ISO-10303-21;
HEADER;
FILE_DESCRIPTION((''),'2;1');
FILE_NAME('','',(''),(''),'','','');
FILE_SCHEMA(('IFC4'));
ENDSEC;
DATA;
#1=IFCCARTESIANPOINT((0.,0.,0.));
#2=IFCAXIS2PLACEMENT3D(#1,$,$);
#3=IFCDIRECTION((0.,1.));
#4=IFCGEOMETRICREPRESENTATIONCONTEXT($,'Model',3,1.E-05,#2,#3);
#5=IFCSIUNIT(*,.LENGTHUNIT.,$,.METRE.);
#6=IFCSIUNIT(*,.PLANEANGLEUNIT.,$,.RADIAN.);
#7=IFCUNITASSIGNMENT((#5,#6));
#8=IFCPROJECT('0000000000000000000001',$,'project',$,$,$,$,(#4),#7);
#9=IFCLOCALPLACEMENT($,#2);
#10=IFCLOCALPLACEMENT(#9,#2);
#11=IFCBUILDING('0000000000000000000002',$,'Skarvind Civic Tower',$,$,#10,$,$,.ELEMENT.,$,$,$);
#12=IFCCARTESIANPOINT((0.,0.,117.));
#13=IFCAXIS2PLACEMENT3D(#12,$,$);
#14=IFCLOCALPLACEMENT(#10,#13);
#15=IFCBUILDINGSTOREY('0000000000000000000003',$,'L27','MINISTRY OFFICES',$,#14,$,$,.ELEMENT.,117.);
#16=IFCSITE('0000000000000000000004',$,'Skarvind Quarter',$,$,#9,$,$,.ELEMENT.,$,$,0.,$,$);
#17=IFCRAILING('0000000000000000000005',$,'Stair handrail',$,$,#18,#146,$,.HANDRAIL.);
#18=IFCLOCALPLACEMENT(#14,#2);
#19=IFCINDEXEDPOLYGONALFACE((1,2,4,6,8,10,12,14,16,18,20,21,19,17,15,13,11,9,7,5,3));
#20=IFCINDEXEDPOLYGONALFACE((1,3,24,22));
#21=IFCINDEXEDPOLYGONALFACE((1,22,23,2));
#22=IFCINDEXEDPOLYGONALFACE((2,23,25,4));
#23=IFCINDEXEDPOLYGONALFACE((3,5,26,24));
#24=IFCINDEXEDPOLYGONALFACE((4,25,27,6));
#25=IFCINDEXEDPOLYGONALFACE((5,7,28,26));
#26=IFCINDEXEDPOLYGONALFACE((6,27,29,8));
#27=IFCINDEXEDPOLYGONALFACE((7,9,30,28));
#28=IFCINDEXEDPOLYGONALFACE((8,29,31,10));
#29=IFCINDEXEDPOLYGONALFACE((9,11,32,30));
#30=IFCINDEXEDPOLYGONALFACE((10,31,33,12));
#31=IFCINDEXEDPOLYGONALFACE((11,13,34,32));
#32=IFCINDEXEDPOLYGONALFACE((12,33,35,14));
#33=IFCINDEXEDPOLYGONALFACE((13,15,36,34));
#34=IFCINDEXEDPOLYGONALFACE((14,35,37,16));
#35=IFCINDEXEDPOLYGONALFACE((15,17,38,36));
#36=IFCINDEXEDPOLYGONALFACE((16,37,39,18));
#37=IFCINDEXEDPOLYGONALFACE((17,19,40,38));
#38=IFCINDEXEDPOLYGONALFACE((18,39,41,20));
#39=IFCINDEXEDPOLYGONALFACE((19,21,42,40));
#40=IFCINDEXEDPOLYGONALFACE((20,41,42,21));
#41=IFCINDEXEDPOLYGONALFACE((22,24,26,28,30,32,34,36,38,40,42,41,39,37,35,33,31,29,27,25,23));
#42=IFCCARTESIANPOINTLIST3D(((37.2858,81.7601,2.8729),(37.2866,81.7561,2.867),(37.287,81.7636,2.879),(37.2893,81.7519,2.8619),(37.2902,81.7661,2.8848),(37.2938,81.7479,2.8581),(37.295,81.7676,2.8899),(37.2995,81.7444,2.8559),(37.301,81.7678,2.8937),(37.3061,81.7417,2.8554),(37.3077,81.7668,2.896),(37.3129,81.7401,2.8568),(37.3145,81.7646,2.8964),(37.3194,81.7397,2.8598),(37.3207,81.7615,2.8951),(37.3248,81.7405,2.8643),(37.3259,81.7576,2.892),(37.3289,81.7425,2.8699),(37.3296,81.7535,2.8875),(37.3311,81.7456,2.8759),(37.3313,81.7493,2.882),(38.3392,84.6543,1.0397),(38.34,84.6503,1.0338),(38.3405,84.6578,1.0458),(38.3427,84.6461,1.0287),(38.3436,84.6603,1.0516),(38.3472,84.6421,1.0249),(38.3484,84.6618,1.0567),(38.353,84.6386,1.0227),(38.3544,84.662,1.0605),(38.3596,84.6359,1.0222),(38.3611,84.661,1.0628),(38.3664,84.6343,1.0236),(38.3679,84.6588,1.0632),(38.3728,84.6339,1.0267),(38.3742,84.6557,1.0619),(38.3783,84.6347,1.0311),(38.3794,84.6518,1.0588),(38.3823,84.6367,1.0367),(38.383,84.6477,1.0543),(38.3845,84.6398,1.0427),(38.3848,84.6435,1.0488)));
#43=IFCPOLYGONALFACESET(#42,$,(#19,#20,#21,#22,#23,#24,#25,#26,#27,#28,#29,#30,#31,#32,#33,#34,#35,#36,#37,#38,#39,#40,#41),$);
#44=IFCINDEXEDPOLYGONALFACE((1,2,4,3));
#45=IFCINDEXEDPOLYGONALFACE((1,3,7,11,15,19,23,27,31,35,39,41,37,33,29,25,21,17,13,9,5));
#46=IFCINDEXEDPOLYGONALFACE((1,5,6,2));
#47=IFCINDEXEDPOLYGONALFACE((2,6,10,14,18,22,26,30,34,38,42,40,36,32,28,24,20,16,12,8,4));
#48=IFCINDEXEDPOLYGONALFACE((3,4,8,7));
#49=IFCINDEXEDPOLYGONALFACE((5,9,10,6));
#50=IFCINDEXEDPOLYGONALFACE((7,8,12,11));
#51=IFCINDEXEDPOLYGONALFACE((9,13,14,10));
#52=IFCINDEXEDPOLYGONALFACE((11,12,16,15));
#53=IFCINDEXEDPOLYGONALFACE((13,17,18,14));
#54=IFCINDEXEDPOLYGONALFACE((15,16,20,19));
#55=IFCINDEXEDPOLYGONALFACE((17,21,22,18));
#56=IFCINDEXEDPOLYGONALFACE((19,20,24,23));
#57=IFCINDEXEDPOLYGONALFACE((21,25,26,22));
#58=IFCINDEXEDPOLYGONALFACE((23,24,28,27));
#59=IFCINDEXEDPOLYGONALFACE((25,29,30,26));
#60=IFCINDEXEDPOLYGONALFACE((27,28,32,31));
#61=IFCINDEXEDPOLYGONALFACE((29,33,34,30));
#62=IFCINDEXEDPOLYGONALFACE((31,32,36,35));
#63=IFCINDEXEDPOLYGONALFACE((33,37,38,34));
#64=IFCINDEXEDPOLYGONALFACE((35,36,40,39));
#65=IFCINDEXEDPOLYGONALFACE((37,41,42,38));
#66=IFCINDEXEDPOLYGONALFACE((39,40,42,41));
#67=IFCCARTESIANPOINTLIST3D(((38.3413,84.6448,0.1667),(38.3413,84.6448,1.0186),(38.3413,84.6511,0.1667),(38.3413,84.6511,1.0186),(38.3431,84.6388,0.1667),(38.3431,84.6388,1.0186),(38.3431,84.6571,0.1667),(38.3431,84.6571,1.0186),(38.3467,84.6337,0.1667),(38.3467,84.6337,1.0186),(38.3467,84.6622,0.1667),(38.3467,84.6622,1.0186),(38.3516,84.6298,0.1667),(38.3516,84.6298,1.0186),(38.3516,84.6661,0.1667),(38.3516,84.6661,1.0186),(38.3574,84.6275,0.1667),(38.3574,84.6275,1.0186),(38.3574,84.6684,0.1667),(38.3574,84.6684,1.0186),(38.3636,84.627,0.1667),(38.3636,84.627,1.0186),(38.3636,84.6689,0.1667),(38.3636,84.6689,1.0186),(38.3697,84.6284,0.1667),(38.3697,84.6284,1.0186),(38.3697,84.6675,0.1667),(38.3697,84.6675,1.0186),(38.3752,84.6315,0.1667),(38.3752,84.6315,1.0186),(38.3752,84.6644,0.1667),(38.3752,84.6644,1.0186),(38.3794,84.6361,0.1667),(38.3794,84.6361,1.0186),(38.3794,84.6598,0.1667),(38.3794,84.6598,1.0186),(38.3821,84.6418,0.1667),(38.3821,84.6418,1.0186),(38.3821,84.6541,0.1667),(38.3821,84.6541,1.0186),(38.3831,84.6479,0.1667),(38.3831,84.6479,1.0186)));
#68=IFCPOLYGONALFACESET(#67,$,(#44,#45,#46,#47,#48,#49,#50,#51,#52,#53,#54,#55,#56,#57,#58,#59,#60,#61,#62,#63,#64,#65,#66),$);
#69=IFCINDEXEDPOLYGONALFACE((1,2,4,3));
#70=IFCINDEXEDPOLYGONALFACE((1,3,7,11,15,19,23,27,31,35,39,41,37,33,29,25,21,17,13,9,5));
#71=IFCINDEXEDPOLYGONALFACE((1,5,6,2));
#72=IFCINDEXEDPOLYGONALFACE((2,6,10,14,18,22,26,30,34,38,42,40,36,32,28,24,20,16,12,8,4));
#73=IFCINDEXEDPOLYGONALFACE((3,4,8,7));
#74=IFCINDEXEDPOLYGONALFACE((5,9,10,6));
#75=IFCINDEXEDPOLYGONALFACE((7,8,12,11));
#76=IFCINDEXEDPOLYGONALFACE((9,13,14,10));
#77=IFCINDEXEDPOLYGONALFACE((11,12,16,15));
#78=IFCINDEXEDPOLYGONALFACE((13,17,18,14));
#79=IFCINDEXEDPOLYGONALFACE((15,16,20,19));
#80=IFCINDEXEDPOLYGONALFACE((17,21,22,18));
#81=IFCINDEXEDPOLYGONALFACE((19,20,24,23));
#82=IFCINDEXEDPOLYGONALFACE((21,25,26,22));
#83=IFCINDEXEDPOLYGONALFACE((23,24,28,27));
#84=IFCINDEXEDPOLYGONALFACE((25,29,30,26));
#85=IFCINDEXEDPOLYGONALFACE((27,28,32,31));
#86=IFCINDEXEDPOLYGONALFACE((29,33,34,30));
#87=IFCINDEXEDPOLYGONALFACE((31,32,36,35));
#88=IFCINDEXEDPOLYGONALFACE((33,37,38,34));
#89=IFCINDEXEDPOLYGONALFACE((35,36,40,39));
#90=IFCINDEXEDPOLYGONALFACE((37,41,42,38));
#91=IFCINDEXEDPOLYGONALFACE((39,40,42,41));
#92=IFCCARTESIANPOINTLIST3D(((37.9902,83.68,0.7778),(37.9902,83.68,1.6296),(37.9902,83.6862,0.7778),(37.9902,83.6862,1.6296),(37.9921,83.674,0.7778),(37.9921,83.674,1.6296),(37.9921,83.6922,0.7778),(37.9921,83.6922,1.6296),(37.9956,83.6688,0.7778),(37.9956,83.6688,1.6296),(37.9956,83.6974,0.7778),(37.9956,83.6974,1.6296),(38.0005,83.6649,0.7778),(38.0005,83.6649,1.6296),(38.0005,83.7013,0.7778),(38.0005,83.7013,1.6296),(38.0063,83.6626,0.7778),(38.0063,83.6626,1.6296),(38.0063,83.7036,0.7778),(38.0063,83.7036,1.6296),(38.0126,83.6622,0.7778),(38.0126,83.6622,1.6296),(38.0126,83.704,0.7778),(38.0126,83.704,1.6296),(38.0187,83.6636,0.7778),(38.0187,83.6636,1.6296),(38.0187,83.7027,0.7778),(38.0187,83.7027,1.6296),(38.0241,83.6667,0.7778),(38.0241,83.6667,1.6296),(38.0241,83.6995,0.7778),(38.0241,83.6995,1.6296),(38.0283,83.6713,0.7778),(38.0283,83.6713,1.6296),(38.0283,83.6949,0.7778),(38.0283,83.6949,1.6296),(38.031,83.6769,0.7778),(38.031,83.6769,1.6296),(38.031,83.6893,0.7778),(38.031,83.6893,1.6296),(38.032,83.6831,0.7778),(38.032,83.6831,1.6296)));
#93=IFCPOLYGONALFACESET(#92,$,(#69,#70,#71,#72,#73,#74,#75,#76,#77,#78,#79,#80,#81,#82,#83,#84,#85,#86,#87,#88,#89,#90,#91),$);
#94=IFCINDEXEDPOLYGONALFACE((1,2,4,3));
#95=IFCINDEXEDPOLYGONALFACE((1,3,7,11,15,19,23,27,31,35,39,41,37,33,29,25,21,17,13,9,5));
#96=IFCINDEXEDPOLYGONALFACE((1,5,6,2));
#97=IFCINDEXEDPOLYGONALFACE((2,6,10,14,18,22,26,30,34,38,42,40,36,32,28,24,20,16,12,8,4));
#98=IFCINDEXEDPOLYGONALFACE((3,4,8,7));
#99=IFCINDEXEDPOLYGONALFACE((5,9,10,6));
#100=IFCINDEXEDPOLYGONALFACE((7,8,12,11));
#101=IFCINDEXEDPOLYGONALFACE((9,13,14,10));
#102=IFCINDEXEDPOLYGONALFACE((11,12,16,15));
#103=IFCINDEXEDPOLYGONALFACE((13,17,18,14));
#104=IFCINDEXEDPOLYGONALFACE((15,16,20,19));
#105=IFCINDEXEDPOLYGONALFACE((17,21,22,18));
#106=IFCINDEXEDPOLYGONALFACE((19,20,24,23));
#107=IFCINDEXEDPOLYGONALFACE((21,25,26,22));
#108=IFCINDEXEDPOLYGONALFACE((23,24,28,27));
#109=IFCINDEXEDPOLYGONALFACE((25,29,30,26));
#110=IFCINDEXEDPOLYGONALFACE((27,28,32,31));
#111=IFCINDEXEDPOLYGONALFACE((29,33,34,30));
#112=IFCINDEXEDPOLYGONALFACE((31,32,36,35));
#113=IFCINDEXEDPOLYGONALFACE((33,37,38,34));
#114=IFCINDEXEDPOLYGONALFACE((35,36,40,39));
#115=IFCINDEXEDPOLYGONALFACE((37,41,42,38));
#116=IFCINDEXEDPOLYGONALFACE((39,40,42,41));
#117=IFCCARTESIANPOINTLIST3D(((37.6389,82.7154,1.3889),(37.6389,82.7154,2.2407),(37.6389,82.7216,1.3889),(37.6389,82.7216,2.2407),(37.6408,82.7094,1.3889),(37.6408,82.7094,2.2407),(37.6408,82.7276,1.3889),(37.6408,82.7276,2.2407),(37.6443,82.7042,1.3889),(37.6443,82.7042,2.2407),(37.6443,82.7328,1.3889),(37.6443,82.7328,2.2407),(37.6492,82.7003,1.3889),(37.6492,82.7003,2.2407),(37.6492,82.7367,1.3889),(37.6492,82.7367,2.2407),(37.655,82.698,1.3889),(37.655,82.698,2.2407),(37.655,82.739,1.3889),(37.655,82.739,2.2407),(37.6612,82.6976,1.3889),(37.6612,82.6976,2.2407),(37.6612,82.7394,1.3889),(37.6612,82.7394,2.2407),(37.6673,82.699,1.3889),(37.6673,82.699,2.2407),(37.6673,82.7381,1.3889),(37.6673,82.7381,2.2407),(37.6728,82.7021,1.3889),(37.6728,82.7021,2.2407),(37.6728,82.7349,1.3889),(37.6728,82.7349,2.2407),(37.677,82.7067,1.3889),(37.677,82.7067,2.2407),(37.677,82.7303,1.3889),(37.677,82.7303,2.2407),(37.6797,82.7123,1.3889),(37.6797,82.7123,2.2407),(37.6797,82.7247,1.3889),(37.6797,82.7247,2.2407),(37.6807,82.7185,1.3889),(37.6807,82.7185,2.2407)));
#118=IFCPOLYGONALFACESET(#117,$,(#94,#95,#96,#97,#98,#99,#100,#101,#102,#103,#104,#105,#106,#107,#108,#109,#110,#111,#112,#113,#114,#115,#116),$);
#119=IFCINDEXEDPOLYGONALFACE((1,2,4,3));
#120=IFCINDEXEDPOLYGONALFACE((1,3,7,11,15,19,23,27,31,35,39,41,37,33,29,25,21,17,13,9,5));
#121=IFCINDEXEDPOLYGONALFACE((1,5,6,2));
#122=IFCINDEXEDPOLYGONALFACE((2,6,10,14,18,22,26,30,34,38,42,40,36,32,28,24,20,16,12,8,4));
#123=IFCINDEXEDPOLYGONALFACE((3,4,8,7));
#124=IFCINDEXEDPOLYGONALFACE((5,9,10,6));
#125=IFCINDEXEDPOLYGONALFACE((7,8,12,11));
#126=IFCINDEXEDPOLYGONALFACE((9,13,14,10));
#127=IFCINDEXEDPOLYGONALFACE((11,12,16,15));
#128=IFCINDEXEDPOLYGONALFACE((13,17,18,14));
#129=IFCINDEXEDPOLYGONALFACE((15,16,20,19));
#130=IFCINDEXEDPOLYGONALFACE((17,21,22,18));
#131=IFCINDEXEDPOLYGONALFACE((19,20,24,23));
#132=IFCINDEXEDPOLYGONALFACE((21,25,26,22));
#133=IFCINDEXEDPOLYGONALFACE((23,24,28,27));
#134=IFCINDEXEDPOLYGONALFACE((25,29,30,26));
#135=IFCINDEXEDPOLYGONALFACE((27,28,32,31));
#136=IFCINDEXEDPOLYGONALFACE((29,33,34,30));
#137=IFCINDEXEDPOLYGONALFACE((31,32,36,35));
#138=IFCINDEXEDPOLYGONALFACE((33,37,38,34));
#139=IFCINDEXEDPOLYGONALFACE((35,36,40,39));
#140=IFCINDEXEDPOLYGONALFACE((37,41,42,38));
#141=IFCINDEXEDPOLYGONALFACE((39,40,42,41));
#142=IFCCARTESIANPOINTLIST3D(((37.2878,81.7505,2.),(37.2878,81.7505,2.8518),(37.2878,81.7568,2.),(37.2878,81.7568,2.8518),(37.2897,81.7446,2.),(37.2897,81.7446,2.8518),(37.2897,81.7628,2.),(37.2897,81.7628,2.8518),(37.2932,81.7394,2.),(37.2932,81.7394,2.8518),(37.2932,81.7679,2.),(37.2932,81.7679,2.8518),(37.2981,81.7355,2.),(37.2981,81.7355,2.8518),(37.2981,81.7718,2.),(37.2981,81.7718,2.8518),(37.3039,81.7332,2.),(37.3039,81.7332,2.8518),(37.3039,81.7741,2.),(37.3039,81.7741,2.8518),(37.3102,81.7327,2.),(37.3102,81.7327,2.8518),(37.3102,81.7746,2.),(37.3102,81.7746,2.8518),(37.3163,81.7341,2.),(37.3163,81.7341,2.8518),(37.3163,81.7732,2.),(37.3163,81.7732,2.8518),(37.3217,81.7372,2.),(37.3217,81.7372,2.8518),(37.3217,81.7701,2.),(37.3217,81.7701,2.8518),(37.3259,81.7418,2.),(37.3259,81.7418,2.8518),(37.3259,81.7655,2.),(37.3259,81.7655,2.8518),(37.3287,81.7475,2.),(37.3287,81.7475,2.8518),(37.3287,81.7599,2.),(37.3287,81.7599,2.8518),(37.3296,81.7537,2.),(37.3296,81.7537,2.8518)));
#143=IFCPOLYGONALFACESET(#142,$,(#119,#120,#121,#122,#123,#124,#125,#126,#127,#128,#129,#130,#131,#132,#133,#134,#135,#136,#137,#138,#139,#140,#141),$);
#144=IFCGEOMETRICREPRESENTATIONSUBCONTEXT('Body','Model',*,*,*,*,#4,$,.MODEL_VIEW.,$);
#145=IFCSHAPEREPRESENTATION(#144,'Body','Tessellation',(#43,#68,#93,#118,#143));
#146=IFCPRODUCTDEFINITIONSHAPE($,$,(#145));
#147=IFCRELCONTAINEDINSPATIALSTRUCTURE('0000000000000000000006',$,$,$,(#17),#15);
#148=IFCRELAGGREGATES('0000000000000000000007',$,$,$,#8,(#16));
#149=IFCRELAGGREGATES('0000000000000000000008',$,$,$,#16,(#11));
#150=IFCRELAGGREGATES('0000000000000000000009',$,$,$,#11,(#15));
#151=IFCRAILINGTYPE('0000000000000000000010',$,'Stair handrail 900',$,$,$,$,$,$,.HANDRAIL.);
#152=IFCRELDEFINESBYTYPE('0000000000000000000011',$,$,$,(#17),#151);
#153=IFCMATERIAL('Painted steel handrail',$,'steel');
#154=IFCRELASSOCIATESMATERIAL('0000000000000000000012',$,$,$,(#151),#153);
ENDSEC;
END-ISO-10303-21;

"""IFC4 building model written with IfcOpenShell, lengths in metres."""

from ifc_helpers import new_model, si_unit, direction, frame, origin, origin_2d, place, context, subcontext, project, spatial, circle, extrude, material, type_object, element, save


model = new_model("IFC4")

# Units and contexts
model_context = context("Model", 3, precision=1e-05, world=origin(), true_north=direction((0.0, 1.0)))
body_context = subcontext(model_context, "Body", "Model", "MODEL_VIEW")
ifc_project = project(units=[si_unit("LENGTHUNIT", "METRE"), si_unit("PLANEANGLEUNIT", "RADIAN")], contexts=[model_context])

# Site, building, storey
site_placement = place(None, origin())
site = spatial("IfcSite", under=ifc_project, at=site_placement, Name="Skarvind Quarter", CompositionType="ELEMENT", RefElevation=0.0)
building_placement = place(site_placement, origin())
building = spatial("IfcBuilding", under=site, at=building_placement, Name="Skarvind Civic Tower", CompositionType="ELEMENT")
storey_placement = place(building_placement, frame((0.0, 0.0, 117.0)))
storey = spatial("IfcBuildingStorey", under=building, at=storey_placement, Name="L27", Description="MINISTRY OFFICES", CompositionType="ELEMENT", Elevation=117.0)

# Railing
ifc_material_1 = material(Name="Painted steel handrail", Category="steel")
railing_type = type_object("IfcRailingType", Name="Stair handrail 900", PredefinedType="HANDRAIL", material=ifc_material_1)
railing_placement = place(storey_placement, frame((38.3621, 84.6479, 0.1667)))
element("IfcRailing", 1, at=railing_placement, inside=storey, type_object=railing_type, Name="Stair handrail", PredefinedType="HANDRAIL", context=body_context, shape_type="SweptSolid", body=[
    extrude(circle(Radius=0.0239, at=origin_2d()), frame((0.0, 0.0, 0.876), z_axis=(-0.293908, -0.807481, 0.511461), x_axis=(0.939689, -0.342029, 0.0)), (0.0, 0.0, 1.0), 3.5842),
    extrude(circle(Radius=0.021, at=origin_2d()), origin(), (0.0, 0.0, 1.0), 0.8518),
    extrude(circle(Radius=0.021, at=origin_2d()), frame((-0.3511, -0.9648, 0.6111)), (0.0, 0.0, 1.0), 0.8518),
    extrude(circle(Radius=0.021, at=origin_2d()), frame((-0.7024, -1.9294, 1.2222)), (0.0, 0.0, 1.0), 0.8518),
    extrude(circle(Radius=0.021, at=origin_2d()), frame((-1.0535, -2.8943, 1.8333)), (0.0, 0.0, 1.0), 0.8518),
])

save(model, "model.ifc")
